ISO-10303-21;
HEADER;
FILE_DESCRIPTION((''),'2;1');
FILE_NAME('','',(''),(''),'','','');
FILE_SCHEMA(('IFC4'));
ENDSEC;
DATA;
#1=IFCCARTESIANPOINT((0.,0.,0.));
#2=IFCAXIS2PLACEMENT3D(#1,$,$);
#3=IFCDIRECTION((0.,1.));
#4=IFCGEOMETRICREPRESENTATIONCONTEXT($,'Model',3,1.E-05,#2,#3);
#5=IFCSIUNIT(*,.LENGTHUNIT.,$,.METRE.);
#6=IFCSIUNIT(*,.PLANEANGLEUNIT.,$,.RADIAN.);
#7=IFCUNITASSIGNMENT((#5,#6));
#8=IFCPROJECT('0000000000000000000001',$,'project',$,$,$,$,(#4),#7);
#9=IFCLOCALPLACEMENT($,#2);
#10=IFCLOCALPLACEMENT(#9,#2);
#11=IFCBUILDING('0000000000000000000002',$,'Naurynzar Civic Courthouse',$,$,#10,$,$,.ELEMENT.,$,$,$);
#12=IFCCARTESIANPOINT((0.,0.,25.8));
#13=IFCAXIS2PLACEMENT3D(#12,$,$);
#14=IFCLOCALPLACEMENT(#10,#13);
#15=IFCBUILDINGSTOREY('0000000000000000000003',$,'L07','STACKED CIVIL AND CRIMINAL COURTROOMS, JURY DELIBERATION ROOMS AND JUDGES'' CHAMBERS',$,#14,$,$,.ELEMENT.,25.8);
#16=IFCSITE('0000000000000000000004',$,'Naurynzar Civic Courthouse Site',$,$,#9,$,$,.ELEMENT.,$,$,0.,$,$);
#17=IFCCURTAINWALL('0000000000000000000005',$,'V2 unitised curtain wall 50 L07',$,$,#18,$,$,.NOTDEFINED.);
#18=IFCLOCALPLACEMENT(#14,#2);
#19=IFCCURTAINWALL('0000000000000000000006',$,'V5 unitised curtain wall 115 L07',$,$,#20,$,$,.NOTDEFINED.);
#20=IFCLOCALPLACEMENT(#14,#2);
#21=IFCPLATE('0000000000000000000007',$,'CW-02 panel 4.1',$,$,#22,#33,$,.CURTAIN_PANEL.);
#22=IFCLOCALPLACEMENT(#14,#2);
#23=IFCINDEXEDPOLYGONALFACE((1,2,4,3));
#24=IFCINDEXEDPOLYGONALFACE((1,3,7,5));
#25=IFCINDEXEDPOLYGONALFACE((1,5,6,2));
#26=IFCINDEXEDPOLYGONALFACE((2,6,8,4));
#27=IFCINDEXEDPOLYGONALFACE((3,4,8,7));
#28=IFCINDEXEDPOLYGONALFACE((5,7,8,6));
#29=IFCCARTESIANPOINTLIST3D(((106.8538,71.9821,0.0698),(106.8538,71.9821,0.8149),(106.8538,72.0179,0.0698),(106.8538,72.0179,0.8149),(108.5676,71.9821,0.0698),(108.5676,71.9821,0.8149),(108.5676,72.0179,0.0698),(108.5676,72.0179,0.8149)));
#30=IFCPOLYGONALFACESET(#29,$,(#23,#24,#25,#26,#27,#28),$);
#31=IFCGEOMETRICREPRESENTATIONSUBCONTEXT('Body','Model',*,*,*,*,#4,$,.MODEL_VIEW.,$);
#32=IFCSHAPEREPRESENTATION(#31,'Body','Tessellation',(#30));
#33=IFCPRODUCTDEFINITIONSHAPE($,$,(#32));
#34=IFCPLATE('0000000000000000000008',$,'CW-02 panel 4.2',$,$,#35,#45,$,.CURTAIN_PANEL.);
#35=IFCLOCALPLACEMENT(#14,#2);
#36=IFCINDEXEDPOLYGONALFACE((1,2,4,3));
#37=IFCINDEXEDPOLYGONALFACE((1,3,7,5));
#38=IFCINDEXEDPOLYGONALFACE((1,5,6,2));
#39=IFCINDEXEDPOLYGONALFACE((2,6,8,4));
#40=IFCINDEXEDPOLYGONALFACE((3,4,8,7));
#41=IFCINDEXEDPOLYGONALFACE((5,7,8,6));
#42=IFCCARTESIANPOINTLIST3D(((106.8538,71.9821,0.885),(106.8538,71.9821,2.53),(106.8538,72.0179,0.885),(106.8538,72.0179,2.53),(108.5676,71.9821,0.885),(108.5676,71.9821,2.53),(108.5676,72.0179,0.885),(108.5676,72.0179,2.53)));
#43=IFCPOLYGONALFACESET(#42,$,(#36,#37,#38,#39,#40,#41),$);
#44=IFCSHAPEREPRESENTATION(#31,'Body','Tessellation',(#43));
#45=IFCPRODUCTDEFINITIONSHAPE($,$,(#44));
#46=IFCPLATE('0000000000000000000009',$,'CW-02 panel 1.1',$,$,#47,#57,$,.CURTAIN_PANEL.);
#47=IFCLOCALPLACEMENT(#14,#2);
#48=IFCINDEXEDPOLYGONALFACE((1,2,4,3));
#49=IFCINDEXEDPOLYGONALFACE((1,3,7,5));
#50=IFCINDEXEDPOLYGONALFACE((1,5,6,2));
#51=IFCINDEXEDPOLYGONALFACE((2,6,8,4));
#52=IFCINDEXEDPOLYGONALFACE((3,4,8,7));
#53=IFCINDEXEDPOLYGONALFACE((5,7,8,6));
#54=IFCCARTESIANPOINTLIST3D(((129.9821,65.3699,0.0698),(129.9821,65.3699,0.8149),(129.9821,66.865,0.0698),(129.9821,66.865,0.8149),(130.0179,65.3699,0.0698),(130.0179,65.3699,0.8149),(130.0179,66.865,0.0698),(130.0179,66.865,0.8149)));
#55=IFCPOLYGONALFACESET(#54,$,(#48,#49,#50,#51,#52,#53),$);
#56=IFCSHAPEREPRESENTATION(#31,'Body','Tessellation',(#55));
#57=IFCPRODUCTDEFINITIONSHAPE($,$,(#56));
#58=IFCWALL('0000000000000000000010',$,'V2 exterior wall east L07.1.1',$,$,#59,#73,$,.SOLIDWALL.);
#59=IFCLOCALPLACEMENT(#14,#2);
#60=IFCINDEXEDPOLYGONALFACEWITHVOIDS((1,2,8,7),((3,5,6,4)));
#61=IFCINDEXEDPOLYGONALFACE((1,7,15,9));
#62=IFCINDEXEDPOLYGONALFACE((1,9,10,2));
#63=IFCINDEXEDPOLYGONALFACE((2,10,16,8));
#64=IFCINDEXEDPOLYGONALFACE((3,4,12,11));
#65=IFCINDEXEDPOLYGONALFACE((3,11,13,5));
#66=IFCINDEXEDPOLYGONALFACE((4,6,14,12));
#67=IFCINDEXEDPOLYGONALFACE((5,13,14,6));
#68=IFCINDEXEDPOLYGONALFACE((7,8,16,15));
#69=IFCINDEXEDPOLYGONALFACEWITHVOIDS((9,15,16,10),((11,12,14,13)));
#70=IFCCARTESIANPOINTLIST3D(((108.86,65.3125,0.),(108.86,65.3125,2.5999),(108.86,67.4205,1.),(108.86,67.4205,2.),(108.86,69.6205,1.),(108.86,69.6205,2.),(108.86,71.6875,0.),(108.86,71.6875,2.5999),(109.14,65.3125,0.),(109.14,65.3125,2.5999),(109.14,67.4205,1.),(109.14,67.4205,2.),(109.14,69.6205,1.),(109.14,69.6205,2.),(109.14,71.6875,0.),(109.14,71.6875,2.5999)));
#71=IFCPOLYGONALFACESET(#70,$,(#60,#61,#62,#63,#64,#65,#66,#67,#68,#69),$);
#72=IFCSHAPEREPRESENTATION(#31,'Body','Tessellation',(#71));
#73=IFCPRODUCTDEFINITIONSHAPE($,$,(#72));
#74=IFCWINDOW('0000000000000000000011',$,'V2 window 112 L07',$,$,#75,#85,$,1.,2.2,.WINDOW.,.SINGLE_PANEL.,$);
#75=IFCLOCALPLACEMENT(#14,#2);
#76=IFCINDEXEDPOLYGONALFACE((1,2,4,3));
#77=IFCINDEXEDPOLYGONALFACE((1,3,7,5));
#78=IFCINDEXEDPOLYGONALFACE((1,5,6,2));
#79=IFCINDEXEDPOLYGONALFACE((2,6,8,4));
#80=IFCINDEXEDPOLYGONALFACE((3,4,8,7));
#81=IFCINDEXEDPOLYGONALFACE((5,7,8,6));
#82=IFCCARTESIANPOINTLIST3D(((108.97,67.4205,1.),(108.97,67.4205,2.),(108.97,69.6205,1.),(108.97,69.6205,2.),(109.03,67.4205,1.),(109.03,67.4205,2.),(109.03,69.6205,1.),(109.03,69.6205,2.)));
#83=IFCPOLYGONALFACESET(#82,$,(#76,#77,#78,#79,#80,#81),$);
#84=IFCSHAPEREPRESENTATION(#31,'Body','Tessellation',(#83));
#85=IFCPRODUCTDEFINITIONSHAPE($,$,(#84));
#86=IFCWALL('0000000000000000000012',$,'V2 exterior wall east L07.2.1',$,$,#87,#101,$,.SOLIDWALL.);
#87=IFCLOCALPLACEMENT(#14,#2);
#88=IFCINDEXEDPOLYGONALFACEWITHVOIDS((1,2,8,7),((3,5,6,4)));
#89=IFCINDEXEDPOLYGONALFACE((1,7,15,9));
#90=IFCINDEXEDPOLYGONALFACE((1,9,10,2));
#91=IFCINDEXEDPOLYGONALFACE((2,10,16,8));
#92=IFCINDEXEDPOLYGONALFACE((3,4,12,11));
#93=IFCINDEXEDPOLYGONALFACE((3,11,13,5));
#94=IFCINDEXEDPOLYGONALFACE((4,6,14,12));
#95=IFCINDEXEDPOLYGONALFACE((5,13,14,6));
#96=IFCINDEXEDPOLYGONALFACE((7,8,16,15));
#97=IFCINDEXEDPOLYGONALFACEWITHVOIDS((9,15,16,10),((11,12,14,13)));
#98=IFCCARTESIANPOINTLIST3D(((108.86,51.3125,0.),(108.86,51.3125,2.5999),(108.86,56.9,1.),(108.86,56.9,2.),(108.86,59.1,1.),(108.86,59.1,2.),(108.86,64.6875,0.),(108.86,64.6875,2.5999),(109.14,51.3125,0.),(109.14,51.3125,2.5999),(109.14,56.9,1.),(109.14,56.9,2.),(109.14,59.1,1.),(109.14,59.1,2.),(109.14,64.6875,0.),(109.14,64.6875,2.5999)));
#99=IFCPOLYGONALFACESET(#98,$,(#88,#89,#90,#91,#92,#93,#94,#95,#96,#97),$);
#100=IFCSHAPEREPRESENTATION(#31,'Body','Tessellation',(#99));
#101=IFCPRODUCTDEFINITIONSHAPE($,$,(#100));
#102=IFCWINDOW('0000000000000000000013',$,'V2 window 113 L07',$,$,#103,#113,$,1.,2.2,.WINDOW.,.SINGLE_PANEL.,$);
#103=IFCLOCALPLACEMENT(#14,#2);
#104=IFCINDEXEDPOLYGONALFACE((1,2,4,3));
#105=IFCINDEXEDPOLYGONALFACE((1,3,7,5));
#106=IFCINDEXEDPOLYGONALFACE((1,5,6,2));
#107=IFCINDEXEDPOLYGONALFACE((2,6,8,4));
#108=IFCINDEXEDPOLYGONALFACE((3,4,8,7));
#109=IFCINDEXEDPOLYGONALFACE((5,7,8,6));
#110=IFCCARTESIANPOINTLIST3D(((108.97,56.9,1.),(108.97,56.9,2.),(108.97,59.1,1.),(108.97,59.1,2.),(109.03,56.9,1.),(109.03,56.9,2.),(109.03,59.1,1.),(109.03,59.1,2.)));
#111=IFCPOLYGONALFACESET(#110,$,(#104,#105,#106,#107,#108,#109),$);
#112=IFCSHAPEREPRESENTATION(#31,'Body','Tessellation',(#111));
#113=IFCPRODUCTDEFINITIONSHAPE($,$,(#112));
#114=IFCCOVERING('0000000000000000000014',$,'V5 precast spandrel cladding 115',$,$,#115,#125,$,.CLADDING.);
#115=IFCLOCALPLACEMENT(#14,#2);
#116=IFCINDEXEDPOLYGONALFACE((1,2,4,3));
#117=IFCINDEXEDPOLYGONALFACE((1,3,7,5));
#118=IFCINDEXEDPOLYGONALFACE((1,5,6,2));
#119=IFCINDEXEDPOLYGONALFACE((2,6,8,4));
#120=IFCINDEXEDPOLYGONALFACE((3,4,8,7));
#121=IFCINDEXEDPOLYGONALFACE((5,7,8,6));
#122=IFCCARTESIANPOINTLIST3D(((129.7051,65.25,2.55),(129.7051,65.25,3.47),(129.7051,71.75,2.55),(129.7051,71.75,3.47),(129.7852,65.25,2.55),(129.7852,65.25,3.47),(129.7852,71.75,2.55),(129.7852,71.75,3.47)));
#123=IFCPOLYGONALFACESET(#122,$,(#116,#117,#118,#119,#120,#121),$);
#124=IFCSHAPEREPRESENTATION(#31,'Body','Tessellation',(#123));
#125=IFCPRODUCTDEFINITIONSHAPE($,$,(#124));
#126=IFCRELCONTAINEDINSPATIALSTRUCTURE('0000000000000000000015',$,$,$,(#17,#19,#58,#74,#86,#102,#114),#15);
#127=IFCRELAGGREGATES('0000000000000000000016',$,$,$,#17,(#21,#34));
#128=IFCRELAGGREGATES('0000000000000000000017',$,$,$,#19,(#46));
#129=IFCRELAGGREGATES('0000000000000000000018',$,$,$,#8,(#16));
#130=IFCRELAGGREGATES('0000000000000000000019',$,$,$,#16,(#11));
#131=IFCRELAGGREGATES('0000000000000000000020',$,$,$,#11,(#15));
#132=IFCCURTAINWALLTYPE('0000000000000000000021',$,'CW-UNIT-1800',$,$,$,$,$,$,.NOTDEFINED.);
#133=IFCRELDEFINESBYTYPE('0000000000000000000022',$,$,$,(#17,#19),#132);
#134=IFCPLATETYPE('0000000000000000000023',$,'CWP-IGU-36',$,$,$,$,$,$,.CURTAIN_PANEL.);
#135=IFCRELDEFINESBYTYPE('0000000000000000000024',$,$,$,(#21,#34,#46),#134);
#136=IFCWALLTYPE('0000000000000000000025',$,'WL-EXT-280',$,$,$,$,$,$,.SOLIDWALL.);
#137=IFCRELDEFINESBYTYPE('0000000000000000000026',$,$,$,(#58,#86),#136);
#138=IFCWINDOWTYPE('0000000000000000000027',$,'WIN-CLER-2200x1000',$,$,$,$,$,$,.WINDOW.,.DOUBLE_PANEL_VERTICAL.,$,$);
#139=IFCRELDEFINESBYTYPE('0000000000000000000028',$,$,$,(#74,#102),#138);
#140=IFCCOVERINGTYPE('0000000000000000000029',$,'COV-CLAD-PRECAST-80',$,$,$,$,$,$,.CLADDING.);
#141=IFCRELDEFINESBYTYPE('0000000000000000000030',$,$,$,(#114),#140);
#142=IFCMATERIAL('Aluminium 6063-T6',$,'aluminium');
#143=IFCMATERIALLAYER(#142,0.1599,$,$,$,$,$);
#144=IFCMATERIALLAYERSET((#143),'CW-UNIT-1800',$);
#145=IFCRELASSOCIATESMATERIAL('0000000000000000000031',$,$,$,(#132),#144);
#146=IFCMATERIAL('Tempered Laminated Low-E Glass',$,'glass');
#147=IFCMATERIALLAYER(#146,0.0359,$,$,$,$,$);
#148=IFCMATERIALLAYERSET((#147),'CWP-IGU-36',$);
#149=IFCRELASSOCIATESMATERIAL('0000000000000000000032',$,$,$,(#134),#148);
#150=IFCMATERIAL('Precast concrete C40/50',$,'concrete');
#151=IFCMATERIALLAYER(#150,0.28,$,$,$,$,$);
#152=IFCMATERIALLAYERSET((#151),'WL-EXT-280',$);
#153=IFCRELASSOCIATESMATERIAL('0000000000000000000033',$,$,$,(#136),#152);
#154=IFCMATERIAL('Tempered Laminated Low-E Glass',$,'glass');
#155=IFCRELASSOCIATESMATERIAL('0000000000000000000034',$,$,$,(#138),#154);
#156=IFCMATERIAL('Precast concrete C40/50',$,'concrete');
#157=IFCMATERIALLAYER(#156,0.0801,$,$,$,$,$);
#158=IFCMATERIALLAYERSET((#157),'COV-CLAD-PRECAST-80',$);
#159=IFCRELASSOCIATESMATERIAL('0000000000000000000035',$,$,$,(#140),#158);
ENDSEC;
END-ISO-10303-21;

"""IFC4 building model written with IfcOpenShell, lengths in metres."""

from ifc_helpers import new_model, si_unit, direction, frame, frame_2d, origin, origin_2d, place, context, subcontext, project, spatial, rectangle, extrude, material, layer, layer_set, type_object, element, fill, aggregate, save


model = new_model("IFC4")

# Units and contexts
model_context = context("Model", 3, precision=1e-05, world=origin(), true_north=direction((0.0, 1.0)))
body_context = subcontext(model_context, "Body", "Model", "MODEL_VIEW")
ifc_project = project(units=[si_unit("LENGTHUNIT", "METRE"), si_unit("PLANEANGLEUNIT", "RADIAN")], contexts=[model_context])

# Site, building, storey
site_placement = place(None, origin())
site = spatial("IfcSite", under=ifc_project, at=site_placement, Name="Naurynzar Civic Courthouse Site", CompositionType="ELEMENT", RefElevation=0.0)
building_placement = place(site_placement, origin())
building = spatial("IfcBuilding", under=site, at=building_placement, Name="Naurynzar Civic Courthouse", CompositionType="ELEMENT")
storey_placement = place(building_placement, frame((0.0, 0.0, 25.8)))
storey = spatial("IfcBuildingStorey", under=building, at=storey_placement, Name="L07", Description="STACKED CIVIL AND CRIMINAL COURTROOMS, JURY DELIBERATION ROOMS AND JUDGES' CHAMBERS", CompositionType="ELEMENT", Elevation=25.8)

# Curtain wall
ifc_material_1 = material(Name="Aluminium 6063-T6", Category="aluminium")
ifc_layer_1 = layer(ifc_material_1, 0.1599)
ifc_layer_set_1 = layer_set([ifc_layer_1], Name="CW-UNIT-1800")
curtain_wall_type = type_object("IfcCurtainWallType", Name="CW-UNIT-1800", PredefinedType="NOTDEFINED", material=ifc_layer_set_1)
curtain_wall_1_placement = place(storey_placement, origin())
curtain_wall_1 = element("IfcCurtainWall", 1, at=curtain_wall_1_placement, inside=storey, type_object=curtain_wall_type, Name="V2 unitised curtain wall 50 L07", PredefinedType="NOTDEFINED")

# Curtain wall
curtain_wall_2_placement = place(storey_placement, origin())
curtain_wall_2 = element("IfcCurtainWall", 2, at=curtain_wall_2_placement, inside=storey, type_object=curtain_wall_type, Name="V5 unitised curtain wall 115 L07", PredefinedType="NOTDEFINED")

# Plates
ifc_material_2 = material(Name="Tempered Laminated Low-E Glass", Category="glass")
ifc_layer_2 = layer(ifc_material_2, 0.0359)
ifc_layer_set_2 = layer_set([ifc_layer_2], Name="CWP-IGU-36")
plate_type = type_object("IfcPlateType", Name="CWP-IGU-36", PredefinedType="CURTAIN_PANEL", material=ifc_layer_set_2)
plate_1_placement = place(storey_placement, frame((107.7107, 72.0, 0.0698), z_axis=(0.0, 0.0, 1.0), x_axis=(1.0, 0.0, 0.0)))
plate_1 = element("IfcPlate", 3, at=plate_1_placement, type_object=plate_type, Name="CW-02 panel 4.1", PredefinedType="CURTAIN_PANEL", context=body_context, shape_type="SweptSolid", body=[
    extrude(rectangle(XDim=1.7139, YDim=0.0359, at=origin_2d()), origin(), (0.0, 0.0, 1.0), 0.7451),
])
plate_2_placement = place(storey_placement, frame((107.7107, 72.0, 0.885), z_axis=(0.0, 0.0, 1.0), x_axis=(1.0, 0.0, 0.0)))
plate_2 = element("IfcPlate", 4, at=plate_2_placement, type_object=plate_type, Name="CW-02 panel 4.2", PredefinedType="CURTAIN_PANEL", context=body_context, shape_type="SweptSolid", body=[
    extrude(rectangle(XDim=1.7139, YDim=0.0359, at=origin_2d()), origin(), (0.0, 0.0, 1.0), 1.645),
])
aggregate(curtain_wall_1, [plate_1, plate_2])
plate_3_placement = place(storey_placement, frame((130.0, 66.1174, 0.0698), z_axis=(0.0, 0.0, 1.0), x_axis=(0.0, 1.0, 0.0)))
plate_3 = element("IfcPlate", 5, at=plate_3_placement, type_object=plate_type, Name="CW-02 panel 1.1", PredefinedType="CURTAIN_PANEL", context=body_context, shape_type="SweptSolid", body=[
    extrude(rectangle(XDim=1.4951, YDim=0.0359, at=origin_2d()), origin(), (0.0, 0.0, 1.0), 0.7451),
])
aggregate(curtain_wall_2, [plate_3])

# Walls, openings, windows
ifc_material_3 = material(Name="Precast concrete C40/50", Category="concrete")
ifc_layer_3 = layer(ifc_material_3, 0.28)
ifc_layer_set_3 = layer_set([ifc_layer_3], Name="WL-EXT-280")
wall_type = type_object("IfcWallType", Name="WL-EXT-280", PredefinedType="SOLIDWALL", material=ifc_layer_set_3)
wall_1_placement = place(storey_placement, frame((109.0, 71.6875, 0.0), z_axis=(0.0, 0.0, 1.0), x_axis=(0.0, -1.0, 0.0)))
wall_1 = element("IfcWall", 6, at=wall_1_placement, inside=storey, type_object=wall_type, Name="V2 exterior wall east L07.1.1", PredefinedType="SOLIDWALL", context=body_context, shape_type="SweptSolid", body=[
    extrude(rectangle(XDim=6.375, YDim=0.28, at=frame_2d((3.1875, 0.0))), origin(), (0.0, 0.0, 1.0), 2.5999),
])
opening_1_placement = place(wall_1_placement, frame((2.0669, 0.0, 1.0)))
opening_1 = element("IfcOpeningElement", 7, at=opening_1_placement, cuts=wall_1, PredefinedType="OPENING", context=body_context, shape_type="SweptSolid", body=[
    extrude(rectangle(XDim=2.2, YDim=1.0, at=frame_2d((1.1001, 0.5))), frame((0.0, 0.1499, 0.0), z_axis=(0.0, -1.0, 0.0), x_axis=(1.0, 0.0, 0.0)), (0.0, 0.0, 1.0), 0.3),
])
ifc_material_4 = material(Name="Tempered Laminated Low-E Glass", Category="glass")
window_type = type_object("IfcWindowType", Name="WIN-CLER-2200x1000", PartitioningType="DOUBLE_PANEL_VERTICAL", PredefinedType="WINDOW", material=ifc_material_4)
window_1_placement = place(opening_1_placement, origin())
window_1 = element("IfcWindow", 8, at=window_1_placement, inside=storey, type_object=window_type, Name="V2 window 112 L07", OverallHeight=1.0, OverallWidth=2.2, PartitioningType="SINGLE_PANEL", PredefinedType="WINDOW", context=body_context, shape_type="SweptSolid", body=[
    extrude(rectangle(XDim=2.2, YDim=1.0, at=frame_2d((1.1001, 0.5))), frame((0.0, 0.03, 0.0), z_axis=(0.0, -1.0, 0.0), x_axis=(1.0, 0.0, 0.0)), (0.0, 0.0, 1.0), 0.0601),
])
fill(opening_1, window_1)
wall_2_placement = place(storey_placement, frame((109.0, 64.6875, 0.0), z_axis=(0.0, 0.0, 1.0), x_axis=(0.0, -1.0, 0.0)))
wall_2 = element("IfcWall", 9, at=wall_2_placement, inside=storey, type_object=wall_type, Name="V2 exterior wall east L07.2.1", PredefinedType="SOLIDWALL", context=body_context, shape_type="SweptSolid", body=[
    extrude(rectangle(XDim=13.375, YDim=0.28, at=frame_2d((6.6875, 0.0))), origin(), (0.0, 0.0, 1.0), 2.5999),
])
opening_2_placement = place(wall_2_placement, frame((5.5874, 0.0, 1.0)))
opening_2 = element("IfcOpeningElement", 10, at=opening_2_placement, cuts=wall_2, PredefinedType="OPENING", context=body_context, shape_type="SweptSolid", body=[
    extrude(rectangle(XDim=2.2, YDim=1.0, at=frame_2d((1.1001, 0.5))), frame((0.0, 0.1499, 0.0), z_axis=(0.0, -1.0, 0.0), x_axis=(1.0, 0.0, 0.0)), (0.0, 0.0, 1.0), 0.3),
])
window_2_placement = place(opening_2_placement, origin())
window_2 = element("IfcWindow", 11, at=window_2_placement, inside=storey, type_object=window_type, Name="V2 window 113 L07", OverallHeight=1.0, OverallWidth=2.2, PartitioningType="SINGLE_PANEL", PredefinedType="WINDOW", context=body_context, shape_type="SweptSolid", body=[
    extrude(rectangle(XDim=2.2, YDim=1.0, at=frame_2d((1.1001, 0.5))), frame((0.0, 0.03, 0.0), z_axis=(0.0, -1.0, 0.0), x_axis=(1.0, 0.0, 0.0)), (0.0, 0.0, 1.0), 0.0601),
])
fill(opening_2, window_2)

# Covering
ifc_material_5 = material(Name="Precast concrete C40/50", Category="concrete")
ifc_layer_4 = layer(ifc_material_5, 0.0801)
ifc_layer_set_4 = layer_set([ifc_layer_4], Name="COV-CLAD-PRECAST-80")
covering_type = type_object("IfcCoveringType", Name="COV-CLAD-PRECAST-80", PredefinedType="CLADDING", material=ifc_layer_set_4)
covering_placement = place(storey_placement, frame((129.7451, 68.5, 2.55), z_axis=(0.0, 0.0, 1.0), x_axis=(0.0, 1.0, 0.0)))
element("IfcCovering", 12, at=covering_placement, inside=storey, type_object=covering_type, Name="V5 precast spandrel cladding 115", PredefinedType="CLADDING", context=body_context, shape_type="SweptSolid", body=[
    extrude(rectangle(XDim=6.5, YDim=0.0801, at=origin_2d()), origin(), (0.0, 0.0, 1.0), 0.9199),
])

save(model, "model.ifc")
